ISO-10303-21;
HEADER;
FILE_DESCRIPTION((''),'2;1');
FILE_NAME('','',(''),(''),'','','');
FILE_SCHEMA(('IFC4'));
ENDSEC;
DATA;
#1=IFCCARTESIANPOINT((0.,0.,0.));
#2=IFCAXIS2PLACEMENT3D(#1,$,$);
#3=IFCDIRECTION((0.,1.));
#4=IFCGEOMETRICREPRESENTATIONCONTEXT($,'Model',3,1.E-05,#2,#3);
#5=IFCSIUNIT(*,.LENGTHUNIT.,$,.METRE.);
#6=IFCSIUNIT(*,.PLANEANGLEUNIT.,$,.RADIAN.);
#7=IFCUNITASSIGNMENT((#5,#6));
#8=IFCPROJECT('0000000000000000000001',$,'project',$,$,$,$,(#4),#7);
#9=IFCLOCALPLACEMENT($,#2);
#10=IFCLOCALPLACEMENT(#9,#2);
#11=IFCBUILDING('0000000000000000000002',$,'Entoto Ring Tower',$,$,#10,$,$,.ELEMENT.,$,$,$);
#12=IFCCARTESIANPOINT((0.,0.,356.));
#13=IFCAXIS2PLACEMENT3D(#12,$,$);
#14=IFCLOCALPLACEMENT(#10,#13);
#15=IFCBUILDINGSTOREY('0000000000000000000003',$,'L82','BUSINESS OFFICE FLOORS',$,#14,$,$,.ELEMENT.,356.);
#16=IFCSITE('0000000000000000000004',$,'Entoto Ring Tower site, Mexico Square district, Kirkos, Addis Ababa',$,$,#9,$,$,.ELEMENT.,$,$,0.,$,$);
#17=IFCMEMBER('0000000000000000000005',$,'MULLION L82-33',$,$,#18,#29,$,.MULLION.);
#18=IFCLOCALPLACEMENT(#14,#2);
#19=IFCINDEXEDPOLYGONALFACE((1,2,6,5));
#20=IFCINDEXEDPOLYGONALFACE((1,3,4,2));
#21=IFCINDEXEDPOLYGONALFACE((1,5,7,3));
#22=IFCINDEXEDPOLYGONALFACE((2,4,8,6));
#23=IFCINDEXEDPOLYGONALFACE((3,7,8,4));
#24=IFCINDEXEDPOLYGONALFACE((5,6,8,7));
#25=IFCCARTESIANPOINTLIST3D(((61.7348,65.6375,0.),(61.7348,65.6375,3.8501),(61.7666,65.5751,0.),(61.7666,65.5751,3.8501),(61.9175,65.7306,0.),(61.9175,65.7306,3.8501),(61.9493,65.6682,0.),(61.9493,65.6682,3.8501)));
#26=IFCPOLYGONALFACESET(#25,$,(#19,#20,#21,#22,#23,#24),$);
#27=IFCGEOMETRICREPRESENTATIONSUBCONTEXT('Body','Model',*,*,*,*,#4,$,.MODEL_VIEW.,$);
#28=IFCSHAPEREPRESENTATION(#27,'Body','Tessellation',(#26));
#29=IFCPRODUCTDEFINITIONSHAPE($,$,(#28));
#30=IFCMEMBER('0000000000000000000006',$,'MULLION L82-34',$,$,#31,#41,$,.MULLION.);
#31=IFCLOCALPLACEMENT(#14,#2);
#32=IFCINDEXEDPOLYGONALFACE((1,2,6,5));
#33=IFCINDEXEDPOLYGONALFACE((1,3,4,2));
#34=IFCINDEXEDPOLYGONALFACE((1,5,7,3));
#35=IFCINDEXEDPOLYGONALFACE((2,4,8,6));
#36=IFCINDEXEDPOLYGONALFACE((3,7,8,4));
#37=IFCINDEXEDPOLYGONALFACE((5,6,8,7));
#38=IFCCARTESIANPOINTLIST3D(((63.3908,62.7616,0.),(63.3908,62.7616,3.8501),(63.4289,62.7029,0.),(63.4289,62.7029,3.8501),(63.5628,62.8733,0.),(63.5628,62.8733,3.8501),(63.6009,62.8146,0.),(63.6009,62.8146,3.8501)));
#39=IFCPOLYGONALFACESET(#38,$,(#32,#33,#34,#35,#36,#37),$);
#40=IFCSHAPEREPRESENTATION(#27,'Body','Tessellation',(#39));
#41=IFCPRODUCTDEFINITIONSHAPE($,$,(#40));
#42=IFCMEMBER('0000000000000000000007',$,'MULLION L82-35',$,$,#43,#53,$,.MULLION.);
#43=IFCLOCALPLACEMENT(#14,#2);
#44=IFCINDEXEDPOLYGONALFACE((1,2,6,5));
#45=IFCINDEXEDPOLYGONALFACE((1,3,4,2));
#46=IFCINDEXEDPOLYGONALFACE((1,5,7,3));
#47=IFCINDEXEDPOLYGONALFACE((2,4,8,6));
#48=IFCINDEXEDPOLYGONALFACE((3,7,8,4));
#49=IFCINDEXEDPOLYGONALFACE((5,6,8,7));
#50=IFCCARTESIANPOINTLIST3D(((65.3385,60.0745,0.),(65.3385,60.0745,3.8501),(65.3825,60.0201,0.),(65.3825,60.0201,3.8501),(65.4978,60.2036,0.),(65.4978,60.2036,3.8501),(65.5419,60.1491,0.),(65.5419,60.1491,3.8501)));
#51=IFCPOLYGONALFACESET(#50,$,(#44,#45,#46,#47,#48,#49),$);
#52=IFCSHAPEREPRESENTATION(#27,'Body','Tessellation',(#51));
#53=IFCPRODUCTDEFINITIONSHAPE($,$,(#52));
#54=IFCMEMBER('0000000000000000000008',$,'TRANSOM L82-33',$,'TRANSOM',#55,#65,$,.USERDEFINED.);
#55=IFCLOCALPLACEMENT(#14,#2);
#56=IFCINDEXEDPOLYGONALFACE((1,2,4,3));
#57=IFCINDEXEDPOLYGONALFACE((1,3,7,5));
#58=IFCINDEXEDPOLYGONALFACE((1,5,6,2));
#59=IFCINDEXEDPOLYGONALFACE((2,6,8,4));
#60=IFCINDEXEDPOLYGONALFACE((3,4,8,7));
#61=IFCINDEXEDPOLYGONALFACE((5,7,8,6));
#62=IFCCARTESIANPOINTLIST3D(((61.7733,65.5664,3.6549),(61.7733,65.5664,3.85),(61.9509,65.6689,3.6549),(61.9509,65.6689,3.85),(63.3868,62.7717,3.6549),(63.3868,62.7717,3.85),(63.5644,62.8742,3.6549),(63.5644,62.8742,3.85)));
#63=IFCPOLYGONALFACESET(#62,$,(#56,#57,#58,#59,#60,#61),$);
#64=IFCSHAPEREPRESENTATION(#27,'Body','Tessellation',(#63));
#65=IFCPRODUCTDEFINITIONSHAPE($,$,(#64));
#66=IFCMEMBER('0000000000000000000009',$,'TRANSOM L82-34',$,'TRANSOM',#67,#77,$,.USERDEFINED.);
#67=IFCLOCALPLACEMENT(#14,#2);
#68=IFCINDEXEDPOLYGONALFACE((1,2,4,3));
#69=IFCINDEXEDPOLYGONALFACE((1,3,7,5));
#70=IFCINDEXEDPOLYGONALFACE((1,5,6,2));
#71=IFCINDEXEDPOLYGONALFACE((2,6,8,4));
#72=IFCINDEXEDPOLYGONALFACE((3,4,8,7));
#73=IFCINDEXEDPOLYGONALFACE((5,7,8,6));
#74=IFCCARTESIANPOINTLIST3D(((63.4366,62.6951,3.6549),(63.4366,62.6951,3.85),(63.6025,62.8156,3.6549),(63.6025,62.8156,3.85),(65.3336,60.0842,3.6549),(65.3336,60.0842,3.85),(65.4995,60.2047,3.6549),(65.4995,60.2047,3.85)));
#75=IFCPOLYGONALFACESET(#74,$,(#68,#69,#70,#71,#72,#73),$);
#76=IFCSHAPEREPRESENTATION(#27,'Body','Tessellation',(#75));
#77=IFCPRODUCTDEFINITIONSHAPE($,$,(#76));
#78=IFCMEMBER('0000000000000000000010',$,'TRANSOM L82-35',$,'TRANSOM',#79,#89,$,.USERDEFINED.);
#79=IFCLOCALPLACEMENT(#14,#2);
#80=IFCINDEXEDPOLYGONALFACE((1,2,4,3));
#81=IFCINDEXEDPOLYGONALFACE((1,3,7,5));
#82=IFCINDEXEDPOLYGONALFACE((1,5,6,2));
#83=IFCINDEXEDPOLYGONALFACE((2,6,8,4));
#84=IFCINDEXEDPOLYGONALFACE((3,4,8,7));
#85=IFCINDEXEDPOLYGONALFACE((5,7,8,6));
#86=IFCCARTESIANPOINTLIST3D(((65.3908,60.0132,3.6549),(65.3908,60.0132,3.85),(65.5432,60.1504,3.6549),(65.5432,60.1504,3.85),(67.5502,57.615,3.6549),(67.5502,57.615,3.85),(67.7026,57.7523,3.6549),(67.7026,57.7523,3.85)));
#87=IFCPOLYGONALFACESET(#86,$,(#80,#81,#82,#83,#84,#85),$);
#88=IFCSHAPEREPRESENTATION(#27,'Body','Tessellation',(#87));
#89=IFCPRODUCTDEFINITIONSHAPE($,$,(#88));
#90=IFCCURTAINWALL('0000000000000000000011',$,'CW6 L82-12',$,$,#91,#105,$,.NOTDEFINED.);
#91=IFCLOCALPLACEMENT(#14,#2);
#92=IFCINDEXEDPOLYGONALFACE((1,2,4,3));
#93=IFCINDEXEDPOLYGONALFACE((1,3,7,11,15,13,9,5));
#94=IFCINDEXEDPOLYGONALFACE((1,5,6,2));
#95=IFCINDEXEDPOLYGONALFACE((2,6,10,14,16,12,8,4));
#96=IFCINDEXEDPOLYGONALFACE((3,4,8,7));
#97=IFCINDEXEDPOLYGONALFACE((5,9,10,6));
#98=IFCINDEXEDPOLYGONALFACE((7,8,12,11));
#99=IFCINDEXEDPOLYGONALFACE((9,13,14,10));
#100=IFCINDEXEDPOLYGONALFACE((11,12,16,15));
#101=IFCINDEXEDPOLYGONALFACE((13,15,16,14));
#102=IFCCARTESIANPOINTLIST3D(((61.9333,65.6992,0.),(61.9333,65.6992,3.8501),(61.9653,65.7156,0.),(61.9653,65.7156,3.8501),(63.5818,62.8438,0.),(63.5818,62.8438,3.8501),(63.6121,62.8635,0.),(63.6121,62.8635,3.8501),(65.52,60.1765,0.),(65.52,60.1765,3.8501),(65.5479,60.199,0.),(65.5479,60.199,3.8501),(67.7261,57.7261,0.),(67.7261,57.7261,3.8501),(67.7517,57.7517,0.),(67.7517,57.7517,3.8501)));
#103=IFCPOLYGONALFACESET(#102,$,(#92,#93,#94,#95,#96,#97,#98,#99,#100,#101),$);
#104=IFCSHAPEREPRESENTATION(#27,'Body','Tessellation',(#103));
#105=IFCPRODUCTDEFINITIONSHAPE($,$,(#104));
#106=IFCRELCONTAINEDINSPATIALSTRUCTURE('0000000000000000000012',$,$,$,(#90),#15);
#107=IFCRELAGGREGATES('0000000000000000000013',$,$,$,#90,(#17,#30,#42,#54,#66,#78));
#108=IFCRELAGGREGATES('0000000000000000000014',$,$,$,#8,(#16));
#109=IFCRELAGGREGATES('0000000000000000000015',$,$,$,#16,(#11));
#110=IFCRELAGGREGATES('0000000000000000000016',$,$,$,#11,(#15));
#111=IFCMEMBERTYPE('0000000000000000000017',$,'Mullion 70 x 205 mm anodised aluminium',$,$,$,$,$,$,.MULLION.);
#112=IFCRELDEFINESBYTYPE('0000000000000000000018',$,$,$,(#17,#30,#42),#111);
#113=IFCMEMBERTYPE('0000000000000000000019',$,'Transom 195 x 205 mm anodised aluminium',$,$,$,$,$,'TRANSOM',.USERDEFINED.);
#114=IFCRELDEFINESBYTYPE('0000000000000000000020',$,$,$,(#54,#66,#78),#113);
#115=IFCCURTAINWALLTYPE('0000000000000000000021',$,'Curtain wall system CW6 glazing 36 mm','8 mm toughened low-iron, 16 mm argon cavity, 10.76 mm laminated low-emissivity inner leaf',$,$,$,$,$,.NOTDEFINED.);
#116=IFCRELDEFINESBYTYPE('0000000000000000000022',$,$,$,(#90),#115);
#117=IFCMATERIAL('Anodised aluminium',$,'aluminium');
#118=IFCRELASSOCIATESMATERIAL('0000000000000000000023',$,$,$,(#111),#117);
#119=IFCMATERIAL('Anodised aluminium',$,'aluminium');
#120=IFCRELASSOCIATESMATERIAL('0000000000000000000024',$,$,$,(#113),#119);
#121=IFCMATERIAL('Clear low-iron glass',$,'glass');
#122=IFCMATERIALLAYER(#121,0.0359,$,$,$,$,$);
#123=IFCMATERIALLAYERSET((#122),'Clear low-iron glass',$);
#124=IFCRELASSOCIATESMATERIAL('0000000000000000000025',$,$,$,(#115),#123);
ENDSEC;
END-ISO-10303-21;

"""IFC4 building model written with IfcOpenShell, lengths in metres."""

from ifc_helpers import new_model, si_unit, direction, frame, origin, origin_2d, place, context, subcontext, project, spatial, polyline, rectangle, outline, extrude, material, layer, layer_set, material_profile, profile_set, type_object, element, aggregate, save


model = new_model("IFC4")

# Units and contexts
model_context = context("Model", 3, precision=1e-05, world=origin(), true_north=direction((0.0, 1.0)))
body_context = subcontext(model_context, "Body", "Model", "MODEL_VIEW")
ifc_project = project(units=[si_unit("LENGTHUNIT", "METRE"), si_unit("PLANEANGLEUNIT", "RADIAN")], contexts=[model_context])

# Members
ifc_material_1 = material(Name="Anodised aluminium", Category="aluminium")
ifc_material_profile_1 = material_profile(ifc_material_1, rectangle(XDim=0.0701, YDim=0.2051, at=origin_2d()), Name="Mullion 70 x 205 mm anodised aluminium")
ifc_profile_set_1 = profile_set([ifc_material_profile_1], Name="Anodised aluminium")
member_type_1 = type_object("IfcMemberType", Name="Mullion 70 x 205 mm anodised aluminium", PredefinedType="MULLION", material=ifc_profile_set_1)
site_placement = place(None, origin())
building_placement = place(site_placement, origin())
storey_placement = place(building_placement, frame((0.0, 0.0, 356.0)))
member_1_placement = place(storey_placement, frame((61.842, 65.6528, 0.0), z_axis=(0.0, 0.0, 1.0), x_axis=(0.45399, -0.891007, 0.0)))
member_1 = element("IfcMember", 1, at=member_1_placement, type_object=member_type_1, Name="MULLION L82-33", PredefinedType="MULLION", context=body_context, shape_type="SweptSolid", body=[
    extrude(rectangle(XDim=0.0701, YDim=0.2051, at=origin_2d()), origin(), (0.0, 0.0, 1.0), 3.8501),
])
member_2_placement = place(storey_placement, frame((63.4958, 62.7881, 0.0), z_axis=(0.0, 0.0, 1.0), x_axis=(0.544639, -0.838671, 0.0)))
member_2 = element("IfcMember", 2, at=member_2_placement, type_object=member_type_1, Name="MULLION L82-34", PredefinedType="MULLION", context=body_context, shape_type="SweptSolid", body=[
    extrude(rectangle(XDim=0.0701, YDim=0.2051, at=origin_2d()), origin(), (0.0, 0.0, 1.0), 3.8501),
])
member_3_placement = place(storey_placement, frame((65.4402, 60.1118, 0.0), z_axis=(0.0, 0.0, 1.0), x_axis=(0.62932, -0.777146, 0.0)))
member_3 = element("IfcMember", 3, at=member_3_placement, type_object=member_type_1, Name="MULLION L82-35", PredefinedType="MULLION", context=body_context, shape_type="SweptSolid", body=[
    extrude(rectangle(XDim=0.0701, YDim=0.2051, at=origin_2d()), origin(), (0.0, 0.0, 1.0), 3.8501),
])
ifc_material_2 = material(Name="Anodised aluminium", Category="aluminium")
ifc_material_profile_2 = material_profile(ifc_material_2, rectangle(XDim=0.2051, YDim=0.1951, at=origin_2d()), Name="Transom 195 x 205 mm anodised aluminium")
ifc_profile_set_2 = profile_set([ifc_material_profile_2], Name="Anodised aluminium")
member_type_2 = type_object("IfcMemberType", Name="Transom 195 x 205 mm anodised aluminium", ElementType="TRANSOM", PredefinedType="USERDEFINED", material=ifc_profile_set_2)
member_4_placement = place(storey_placement, frame((61.8621, 65.6177, 3.7524), z_axis=(0.500004, -0.866023, 0.0), x_axis=(0.866023, 0.500004, 0.0)))
member_4 = element("IfcMember", 4, at=member_4_placement, type_object=member_type_2, Name="TRANSOM L82-33", ObjectType="TRANSOM", PredefinedType="USERDEFINED", context=body_context, shape_type="SweptSolid", body=[
    extrude(rectangle(XDim=0.2051, YDim=0.1951, at=origin_2d()), origin(), (0.0, 0.0, 1.0), 3.2271),
])
member_5_placement = place(storey_placement, frame((63.5195, 62.7554, 3.7524), z_axis=(0.587803, -0.809004, 0.0), x_axis=(0.809004, 0.587803, 0.0)))
member_5 = element("IfcMember", 5, at=member_5_placement, type_object=member_type_2, Name="TRANSOM L82-34", ObjectType="TRANSOM", PredefinedType="USERDEFINED", context=body_context, shape_type="SweptSolid", body=[
    extrude(rectangle(XDim=0.2051, YDim=0.1951, at=origin_2d()), origin(), (0.0, 0.0, 1.0), 3.2273),
])
member_6_placement = place(storey_placement, frame((65.467, 60.0818, 3.7524), z_axis=(0.669144, -0.743132, 0.0), x_axis=(0.743132, 0.669144, 0.0)))
member_6 = element("IfcMember", 6, at=member_6_placement, type_object=member_type_2, Name="TRANSOM L82-35", ObjectType="TRANSOM", PredefinedType="USERDEFINED", context=body_context, shape_type="SweptSolid", body=[
    extrude(rectangle(XDim=0.2051, YDim=0.1951, at=origin_2d()), origin(), (0.0, 0.0, 1.0), 3.2271),
])

# Site, building, storey
site = spatial("IfcSite", under=ifc_project, at=site_placement, Name="Entoto Ring Tower site, Mexico Square district, Kirkos, Addis Ababa", CompositionType="ELEMENT", RefElevation=0.0)
building = spatial("IfcBuilding", under=site, at=building_placement, Name="Entoto Ring Tower", CompositionType="ELEMENT")
storey = spatial("IfcBuildingStorey", under=building, at=storey_placement, Name="L82", Description="BUSINESS OFFICE FLOORS", CompositionType="ELEMENT", Elevation=356.0)

# Curtain wall
ifc_material_3 = material(Name="Clear low-iron glass", Category="glass")
ifc_layer = layer(ifc_material_3, 0.0359)
ifc_layer_set = layer_set([ifc_layer], Name="Clear low-iron glass")
curtain_wall_type = type_object("IfcCurtainWallType", Name="Curtain wall system CW6 glazing 36 mm", Description="8 mm toughened low-iron, 16 mm argon cavity, 10.76 mm laminated low-emissivity inner leaf", PredefinedType="NOTDEFINED", material=ifc_layer_set)
curtain_wall_1_placement = place(storey_placement, origin())
curtain_wall_1 = element("IfcCurtainWall", 7, at=curtain_wall_1_placement, inside=storey, type_object=curtain_wall_type, Name="CW6 L82-12", PredefinedType="NOTDEFINED", context=body_context, shape_type="SweptSolid", body=[
    extrude(outline(polyline([(61.9333, 65.6992), (63.5818, 62.8438), (65.52, 60.1765), (67.7261, 57.7261), (67.7517, 57.7517), (65.5479, 60.199), (63.6121, 62.8635), (61.9653, 65.7156), (61.9333, 65.6992)])), origin(), (0.0, 0.0, 1.0), 3.8501),
])
aggregate(curtain_wall_1, [member_1, member_2, member_3, member_4, member_5, member_6])

save(model, "model.ifc")
